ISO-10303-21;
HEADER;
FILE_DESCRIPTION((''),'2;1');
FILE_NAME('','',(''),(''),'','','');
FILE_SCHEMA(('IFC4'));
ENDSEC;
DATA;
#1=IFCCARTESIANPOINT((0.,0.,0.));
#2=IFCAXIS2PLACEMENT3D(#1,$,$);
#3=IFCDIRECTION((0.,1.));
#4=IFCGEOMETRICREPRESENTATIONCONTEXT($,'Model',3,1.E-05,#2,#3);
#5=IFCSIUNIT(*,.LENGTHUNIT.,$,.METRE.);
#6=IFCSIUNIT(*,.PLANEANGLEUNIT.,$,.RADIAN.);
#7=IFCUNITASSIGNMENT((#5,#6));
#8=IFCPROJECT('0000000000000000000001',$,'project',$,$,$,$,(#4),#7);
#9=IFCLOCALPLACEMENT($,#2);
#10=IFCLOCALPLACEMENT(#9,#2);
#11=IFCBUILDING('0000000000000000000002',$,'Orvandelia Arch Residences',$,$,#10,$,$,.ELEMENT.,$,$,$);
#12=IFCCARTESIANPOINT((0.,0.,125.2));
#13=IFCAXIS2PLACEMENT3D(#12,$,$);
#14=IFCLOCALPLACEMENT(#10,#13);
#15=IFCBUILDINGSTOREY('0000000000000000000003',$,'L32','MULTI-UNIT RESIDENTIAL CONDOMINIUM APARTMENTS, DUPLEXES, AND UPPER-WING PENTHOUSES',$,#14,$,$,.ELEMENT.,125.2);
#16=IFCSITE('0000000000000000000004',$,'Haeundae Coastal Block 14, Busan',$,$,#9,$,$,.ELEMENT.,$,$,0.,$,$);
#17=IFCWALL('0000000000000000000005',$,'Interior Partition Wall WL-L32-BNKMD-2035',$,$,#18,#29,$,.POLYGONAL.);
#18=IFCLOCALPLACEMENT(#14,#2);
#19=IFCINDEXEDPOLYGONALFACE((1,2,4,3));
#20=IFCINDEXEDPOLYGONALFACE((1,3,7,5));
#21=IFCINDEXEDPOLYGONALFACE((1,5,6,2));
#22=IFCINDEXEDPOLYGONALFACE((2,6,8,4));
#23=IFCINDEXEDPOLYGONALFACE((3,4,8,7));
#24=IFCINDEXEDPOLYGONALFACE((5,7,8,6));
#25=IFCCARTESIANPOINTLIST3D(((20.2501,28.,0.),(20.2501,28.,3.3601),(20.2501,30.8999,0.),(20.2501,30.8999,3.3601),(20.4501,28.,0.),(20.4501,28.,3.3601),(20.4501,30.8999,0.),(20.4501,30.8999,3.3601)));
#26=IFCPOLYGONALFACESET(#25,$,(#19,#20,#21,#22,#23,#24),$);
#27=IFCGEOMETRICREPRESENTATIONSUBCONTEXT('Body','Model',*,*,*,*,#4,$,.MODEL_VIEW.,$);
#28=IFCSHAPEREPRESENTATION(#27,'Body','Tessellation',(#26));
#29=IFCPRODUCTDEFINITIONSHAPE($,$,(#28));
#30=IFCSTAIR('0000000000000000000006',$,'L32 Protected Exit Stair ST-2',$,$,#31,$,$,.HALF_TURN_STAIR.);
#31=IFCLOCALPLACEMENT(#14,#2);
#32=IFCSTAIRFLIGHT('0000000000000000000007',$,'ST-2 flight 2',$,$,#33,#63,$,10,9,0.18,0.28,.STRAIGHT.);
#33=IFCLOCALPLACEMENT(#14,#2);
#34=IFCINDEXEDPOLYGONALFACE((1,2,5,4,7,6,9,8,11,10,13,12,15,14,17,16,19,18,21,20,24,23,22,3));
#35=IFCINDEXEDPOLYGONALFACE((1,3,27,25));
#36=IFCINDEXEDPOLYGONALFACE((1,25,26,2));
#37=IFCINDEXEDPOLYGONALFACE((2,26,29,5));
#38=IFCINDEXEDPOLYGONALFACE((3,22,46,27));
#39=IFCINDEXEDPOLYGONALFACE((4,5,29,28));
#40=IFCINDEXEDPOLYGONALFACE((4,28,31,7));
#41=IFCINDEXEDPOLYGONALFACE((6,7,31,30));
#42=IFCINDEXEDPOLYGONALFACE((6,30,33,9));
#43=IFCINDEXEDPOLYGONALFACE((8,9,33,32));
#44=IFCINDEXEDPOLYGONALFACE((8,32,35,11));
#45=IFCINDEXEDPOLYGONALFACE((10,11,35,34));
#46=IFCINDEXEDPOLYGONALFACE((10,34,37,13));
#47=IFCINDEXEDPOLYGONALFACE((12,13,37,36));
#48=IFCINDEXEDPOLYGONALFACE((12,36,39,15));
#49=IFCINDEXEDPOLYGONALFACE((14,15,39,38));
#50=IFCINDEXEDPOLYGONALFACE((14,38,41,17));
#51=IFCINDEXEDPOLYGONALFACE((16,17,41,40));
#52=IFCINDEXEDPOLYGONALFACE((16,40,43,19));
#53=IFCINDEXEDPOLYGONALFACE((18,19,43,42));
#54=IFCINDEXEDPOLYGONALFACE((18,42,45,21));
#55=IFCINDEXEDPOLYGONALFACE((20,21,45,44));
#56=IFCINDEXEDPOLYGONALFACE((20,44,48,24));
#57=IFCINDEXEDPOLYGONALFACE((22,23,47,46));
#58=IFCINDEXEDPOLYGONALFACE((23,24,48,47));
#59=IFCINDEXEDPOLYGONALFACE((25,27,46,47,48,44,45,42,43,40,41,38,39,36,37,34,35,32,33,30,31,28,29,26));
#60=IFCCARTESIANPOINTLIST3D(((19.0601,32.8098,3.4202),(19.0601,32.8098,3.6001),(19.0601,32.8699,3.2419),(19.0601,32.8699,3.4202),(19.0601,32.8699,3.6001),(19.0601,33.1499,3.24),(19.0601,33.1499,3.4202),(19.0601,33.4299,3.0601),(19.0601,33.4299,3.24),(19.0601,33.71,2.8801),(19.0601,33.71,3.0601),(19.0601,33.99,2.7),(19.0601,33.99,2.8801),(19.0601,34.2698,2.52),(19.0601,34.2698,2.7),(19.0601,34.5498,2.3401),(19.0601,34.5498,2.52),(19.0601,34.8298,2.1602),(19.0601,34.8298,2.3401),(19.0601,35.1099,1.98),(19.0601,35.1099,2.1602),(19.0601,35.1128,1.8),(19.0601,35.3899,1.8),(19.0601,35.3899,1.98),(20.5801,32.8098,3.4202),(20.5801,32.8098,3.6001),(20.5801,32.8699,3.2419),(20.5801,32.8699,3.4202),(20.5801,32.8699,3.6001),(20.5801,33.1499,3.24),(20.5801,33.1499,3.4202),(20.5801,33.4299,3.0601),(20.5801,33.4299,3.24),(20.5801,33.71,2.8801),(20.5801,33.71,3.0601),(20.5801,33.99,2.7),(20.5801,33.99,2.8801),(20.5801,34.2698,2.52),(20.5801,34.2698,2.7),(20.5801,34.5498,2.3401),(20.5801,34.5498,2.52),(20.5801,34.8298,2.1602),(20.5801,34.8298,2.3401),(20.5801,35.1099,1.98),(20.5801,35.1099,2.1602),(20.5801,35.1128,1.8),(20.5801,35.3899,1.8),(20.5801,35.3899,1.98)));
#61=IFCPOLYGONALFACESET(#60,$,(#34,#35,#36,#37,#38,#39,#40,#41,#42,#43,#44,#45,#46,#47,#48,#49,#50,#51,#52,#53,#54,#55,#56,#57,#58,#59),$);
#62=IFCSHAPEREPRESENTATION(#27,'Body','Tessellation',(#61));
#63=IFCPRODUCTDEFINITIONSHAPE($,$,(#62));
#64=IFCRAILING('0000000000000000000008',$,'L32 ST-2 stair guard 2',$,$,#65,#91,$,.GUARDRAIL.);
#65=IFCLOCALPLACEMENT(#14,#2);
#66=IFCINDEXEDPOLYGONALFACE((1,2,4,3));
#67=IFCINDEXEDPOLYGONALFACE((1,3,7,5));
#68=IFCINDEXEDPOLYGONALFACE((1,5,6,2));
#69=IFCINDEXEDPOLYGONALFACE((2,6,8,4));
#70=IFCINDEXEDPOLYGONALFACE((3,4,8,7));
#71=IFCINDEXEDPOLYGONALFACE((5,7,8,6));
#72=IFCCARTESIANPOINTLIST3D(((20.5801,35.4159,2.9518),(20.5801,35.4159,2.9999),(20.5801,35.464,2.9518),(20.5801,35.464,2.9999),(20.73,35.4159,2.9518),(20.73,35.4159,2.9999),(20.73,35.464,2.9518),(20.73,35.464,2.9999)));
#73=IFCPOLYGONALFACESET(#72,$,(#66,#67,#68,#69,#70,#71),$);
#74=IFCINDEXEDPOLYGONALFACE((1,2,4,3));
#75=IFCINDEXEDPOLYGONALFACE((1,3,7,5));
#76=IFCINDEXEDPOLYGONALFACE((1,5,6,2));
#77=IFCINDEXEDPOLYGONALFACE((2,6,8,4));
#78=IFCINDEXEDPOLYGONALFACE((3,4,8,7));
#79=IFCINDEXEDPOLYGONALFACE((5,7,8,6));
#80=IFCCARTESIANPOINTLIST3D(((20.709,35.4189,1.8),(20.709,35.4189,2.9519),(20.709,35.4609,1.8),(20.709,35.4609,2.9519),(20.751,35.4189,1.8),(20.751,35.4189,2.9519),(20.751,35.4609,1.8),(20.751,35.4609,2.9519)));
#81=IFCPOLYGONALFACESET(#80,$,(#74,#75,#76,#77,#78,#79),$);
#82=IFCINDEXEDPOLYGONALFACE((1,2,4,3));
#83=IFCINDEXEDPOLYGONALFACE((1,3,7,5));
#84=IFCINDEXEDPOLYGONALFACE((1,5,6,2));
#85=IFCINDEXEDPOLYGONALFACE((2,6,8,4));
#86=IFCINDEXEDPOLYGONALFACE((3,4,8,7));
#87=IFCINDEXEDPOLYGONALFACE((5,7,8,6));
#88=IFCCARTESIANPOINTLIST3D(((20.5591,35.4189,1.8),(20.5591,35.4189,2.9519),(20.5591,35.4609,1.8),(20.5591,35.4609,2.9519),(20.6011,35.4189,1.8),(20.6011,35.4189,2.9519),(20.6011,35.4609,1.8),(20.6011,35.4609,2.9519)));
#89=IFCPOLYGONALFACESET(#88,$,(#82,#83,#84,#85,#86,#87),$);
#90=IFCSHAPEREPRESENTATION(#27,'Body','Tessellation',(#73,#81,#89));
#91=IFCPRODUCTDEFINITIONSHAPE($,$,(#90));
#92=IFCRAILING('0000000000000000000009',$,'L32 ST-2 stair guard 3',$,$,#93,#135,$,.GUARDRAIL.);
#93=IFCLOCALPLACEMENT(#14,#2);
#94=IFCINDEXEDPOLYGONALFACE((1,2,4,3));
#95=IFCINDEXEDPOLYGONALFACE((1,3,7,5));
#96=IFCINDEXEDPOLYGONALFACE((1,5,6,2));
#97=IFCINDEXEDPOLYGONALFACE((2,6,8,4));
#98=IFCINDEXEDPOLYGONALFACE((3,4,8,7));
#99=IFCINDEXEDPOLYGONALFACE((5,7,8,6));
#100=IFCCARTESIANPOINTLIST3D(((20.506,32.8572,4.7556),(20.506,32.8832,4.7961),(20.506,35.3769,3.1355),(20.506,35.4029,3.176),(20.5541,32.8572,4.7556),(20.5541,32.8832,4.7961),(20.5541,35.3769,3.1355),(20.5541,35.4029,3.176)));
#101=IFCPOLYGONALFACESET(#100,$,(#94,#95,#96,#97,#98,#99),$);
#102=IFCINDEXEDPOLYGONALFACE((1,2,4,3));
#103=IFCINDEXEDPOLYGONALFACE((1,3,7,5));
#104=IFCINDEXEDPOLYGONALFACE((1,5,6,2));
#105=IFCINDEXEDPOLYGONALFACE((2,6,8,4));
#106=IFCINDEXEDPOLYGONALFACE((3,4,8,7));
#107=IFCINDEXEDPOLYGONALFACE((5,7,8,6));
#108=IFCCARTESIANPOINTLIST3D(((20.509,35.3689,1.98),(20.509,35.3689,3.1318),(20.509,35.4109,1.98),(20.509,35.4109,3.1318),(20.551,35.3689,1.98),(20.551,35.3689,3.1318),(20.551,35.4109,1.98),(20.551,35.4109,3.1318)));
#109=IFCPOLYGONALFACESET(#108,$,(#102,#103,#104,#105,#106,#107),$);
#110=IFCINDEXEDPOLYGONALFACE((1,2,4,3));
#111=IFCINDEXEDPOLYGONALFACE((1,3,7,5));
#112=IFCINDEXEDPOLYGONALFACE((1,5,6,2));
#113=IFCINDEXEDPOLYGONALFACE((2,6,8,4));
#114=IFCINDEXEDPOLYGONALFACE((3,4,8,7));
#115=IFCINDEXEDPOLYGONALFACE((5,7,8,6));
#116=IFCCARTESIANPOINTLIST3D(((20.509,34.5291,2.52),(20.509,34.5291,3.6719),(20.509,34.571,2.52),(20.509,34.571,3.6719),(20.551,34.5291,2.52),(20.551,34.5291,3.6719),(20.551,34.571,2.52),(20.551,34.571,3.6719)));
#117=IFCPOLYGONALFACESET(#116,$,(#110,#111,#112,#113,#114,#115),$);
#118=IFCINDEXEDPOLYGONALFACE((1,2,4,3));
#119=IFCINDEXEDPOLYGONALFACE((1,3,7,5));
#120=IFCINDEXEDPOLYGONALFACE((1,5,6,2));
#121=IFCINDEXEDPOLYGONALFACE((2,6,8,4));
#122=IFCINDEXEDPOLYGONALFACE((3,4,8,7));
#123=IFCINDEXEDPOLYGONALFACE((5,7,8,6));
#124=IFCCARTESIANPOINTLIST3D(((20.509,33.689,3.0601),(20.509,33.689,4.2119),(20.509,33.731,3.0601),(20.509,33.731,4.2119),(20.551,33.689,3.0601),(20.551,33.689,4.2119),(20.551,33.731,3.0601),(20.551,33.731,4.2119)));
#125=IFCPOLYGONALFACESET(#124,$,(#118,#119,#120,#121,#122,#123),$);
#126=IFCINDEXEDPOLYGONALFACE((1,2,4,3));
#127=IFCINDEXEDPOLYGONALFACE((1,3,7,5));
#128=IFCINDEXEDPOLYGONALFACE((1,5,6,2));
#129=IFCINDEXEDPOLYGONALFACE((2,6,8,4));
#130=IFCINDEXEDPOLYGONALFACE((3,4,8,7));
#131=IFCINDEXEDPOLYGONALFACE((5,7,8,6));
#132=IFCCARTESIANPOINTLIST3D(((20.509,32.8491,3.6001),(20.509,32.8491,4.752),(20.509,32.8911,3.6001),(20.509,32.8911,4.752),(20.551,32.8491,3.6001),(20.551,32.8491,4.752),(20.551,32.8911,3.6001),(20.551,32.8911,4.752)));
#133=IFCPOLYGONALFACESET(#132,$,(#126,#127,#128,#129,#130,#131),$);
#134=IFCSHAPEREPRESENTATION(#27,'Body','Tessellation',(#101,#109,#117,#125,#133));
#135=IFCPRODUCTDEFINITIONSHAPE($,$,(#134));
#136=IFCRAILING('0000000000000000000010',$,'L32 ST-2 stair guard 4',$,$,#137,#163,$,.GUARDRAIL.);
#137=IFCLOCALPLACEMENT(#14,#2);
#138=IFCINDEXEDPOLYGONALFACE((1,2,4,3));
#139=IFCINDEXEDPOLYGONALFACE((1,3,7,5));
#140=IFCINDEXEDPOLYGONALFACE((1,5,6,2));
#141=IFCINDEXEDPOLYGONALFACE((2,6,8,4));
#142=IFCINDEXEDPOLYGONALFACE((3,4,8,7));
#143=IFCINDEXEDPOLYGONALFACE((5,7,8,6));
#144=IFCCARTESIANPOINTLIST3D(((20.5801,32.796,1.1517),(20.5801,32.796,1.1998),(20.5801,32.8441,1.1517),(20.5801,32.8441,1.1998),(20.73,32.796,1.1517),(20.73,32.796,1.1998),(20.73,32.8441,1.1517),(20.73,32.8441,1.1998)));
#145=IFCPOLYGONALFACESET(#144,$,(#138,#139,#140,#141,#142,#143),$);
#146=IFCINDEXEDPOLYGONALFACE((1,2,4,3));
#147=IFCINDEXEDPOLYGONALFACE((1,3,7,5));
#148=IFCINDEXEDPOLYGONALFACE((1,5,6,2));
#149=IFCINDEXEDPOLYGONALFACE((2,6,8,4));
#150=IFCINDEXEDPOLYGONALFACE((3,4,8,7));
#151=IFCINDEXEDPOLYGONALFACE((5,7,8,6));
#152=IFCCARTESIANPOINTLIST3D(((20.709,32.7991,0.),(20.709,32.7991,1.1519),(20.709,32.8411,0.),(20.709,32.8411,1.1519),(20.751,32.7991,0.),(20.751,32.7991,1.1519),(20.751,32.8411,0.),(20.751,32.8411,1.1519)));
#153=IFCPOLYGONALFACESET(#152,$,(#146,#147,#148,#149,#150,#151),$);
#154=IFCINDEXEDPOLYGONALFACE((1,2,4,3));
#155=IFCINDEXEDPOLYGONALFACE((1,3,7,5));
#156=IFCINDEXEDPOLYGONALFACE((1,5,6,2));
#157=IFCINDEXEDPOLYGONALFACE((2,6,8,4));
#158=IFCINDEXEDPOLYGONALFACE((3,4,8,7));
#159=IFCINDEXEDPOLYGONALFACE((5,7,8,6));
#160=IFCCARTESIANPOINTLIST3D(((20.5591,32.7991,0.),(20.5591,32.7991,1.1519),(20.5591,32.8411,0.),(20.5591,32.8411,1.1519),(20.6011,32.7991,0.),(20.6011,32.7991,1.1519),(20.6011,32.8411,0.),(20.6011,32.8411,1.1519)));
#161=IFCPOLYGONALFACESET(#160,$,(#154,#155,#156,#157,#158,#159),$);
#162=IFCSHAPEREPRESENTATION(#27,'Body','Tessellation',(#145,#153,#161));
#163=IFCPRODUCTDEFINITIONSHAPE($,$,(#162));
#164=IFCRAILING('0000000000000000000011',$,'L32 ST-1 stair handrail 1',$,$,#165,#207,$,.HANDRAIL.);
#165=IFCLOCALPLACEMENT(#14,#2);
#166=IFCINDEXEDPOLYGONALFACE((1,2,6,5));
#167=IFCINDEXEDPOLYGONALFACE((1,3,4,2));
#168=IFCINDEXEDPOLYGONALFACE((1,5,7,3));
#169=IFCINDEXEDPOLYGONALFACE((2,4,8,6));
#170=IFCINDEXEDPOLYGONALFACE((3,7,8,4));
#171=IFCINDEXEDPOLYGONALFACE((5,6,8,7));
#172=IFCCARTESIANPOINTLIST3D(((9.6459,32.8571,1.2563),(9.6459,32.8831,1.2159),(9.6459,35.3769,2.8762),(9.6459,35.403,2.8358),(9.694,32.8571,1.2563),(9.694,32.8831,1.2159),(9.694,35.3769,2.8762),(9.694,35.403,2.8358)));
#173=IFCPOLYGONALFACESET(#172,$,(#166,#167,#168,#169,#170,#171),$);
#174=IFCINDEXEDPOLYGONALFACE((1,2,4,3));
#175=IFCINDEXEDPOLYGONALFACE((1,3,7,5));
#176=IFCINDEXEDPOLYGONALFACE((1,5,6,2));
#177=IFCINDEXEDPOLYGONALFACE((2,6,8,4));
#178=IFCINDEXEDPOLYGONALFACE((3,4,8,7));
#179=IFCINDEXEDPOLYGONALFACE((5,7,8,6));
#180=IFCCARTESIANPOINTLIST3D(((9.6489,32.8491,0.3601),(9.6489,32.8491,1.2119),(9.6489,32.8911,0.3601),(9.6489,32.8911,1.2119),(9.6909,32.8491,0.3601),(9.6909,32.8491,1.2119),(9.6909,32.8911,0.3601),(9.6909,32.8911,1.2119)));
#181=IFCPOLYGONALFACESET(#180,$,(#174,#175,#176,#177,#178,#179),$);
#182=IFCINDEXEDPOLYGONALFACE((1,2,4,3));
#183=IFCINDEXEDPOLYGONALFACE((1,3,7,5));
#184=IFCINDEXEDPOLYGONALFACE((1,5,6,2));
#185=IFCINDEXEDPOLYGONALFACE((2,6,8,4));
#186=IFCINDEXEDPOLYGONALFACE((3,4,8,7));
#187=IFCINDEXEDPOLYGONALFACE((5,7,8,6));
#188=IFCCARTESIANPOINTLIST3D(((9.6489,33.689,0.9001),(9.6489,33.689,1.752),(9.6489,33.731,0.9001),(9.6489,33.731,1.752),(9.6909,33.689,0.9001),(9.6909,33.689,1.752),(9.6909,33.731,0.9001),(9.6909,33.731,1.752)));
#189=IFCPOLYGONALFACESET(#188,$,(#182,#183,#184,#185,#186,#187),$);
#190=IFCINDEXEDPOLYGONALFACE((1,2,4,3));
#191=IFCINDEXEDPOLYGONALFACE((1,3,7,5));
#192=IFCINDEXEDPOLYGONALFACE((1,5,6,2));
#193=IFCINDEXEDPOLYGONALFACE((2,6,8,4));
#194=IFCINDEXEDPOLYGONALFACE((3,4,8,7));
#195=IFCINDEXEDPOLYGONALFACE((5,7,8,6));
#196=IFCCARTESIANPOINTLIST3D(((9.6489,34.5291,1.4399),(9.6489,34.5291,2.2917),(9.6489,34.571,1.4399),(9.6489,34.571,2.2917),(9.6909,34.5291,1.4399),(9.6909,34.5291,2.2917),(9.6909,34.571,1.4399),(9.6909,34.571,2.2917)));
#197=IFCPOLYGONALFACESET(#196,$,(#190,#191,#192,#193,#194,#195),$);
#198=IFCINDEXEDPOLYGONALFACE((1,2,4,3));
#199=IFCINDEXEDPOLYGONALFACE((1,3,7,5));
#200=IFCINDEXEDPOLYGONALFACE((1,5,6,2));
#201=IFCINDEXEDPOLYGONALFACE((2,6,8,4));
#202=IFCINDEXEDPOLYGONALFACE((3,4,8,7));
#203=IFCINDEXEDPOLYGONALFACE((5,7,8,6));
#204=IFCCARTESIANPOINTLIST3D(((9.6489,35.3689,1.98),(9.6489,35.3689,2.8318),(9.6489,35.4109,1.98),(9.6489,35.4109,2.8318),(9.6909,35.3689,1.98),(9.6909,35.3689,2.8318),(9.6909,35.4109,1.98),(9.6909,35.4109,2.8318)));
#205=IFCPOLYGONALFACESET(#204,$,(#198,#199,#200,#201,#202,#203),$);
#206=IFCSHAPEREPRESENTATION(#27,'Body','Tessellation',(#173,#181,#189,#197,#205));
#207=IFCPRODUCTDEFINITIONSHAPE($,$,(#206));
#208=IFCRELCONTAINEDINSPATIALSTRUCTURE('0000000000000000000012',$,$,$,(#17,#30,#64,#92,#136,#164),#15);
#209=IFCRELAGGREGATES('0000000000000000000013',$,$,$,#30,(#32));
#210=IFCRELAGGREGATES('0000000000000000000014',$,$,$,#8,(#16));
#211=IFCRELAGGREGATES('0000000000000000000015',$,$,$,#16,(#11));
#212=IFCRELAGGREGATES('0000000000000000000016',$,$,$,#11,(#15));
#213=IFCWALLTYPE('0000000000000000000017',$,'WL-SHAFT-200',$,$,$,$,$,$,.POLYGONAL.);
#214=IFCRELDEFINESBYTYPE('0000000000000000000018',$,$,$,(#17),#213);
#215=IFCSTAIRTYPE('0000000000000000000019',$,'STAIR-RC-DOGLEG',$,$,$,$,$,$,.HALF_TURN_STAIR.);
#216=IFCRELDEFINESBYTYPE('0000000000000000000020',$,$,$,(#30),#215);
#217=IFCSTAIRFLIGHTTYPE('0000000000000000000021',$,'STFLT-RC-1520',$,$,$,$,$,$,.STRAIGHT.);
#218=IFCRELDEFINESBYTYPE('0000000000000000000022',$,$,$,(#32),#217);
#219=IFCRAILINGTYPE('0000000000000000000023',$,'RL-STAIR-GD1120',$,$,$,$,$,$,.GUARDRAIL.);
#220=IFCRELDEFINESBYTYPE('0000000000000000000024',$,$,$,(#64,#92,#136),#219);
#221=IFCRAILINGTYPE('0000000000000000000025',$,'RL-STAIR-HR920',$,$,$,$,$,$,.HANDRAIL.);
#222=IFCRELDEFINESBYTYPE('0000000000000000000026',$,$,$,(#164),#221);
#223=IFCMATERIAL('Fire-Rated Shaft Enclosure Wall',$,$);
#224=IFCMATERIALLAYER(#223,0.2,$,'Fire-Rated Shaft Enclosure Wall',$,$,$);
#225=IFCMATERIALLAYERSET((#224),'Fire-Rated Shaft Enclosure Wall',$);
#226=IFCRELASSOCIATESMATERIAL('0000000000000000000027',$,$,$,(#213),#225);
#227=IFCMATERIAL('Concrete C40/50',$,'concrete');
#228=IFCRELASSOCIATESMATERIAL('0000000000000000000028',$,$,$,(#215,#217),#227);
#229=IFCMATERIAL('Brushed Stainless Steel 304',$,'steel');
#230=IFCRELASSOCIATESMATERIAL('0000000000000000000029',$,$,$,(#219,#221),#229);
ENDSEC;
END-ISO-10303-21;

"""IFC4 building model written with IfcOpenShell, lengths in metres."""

from ifc_helpers import new_model, si_unit, direction, frame, frame_2d, origin, origin_2d, place, context, subcontext, project, spatial, polyline, rectangle, outline, extrude, material, layer, layer_set, type_object, element, aggregate, save


model = new_model("IFC4")

# Units and contexts
model_context = context("Model", 3, precision=1e-05, world=origin(), true_north=direction((0.0, 1.0)))
body_context = subcontext(model_context, "Body", "Model", "MODEL_VIEW")
ifc_project = project(units=[si_unit("LENGTHUNIT", "METRE"), si_unit("PLANEANGLEUNIT", "RADIAN")], contexts=[model_context])

# Site, building, storey
site_placement = place(None, origin())
site = spatial("IfcSite", under=ifc_project, at=site_placement, Name="Haeundae Coastal Block 14, Busan", CompositionType="ELEMENT", RefElevation=0.0)
building_placement = place(site_placement, origin())
building = spatial("IfcBuilding", under=site, at=building_placement, Name="Orvandelia Arch Residences", CompositionType="ELEMENT")
storey_placement = place(building_placement, frame((0.0, 0.0, 125.2)))
storey = spatial("IfcBuildingStorey", under=building, at=storey_placement, Name="L32", Description="MULTI-UNIT RESIDENTIAL CONDOMINIUM APARTMENTS, DUPLEXES, AND UPPER-WING PENTHOUSES", CompositionType="ELEMENT", Elevation=125.2)

# Shared definitions
ifc_material_1 = material(Name="Fire-Rated Shaft Enclosure Wall")
ifc_layer_1 = layer(ifc_material_1, 0.2, Name="Fire-Rated Shaft Enclosure Wall")
ifc_layer_set_1 = layer_set([ifc_layer_1], Name="Fire-Rated Shaft Enclosure Wall")
wall_type_1 = type_object("IfcWallType", Name="WL-SHAFT-200", PredefinedType="POLYGONAL", material=ifc_layer_set_1)

# Wall
for number, where, z_axis, x_axis, name in (
    (1, (20.3501, 28.0, 0.0), (0.0, 0.0, 1.0), (0.0, 1.0, 0.0), "Interior Partition Wall WL-L32-BNKMD-2035"),
):
    element("IfcWall", number, at=place(storey_placement, frame(where, z_axis=z_axis, x_axis=x_axis)), inside=storey, type_object=wall_type_1, Name=name, PredefinedType="POLYGONAL", context=body_context, shape_type="SweptSolid", body=[
        extrude(rectangle(XDim=2.8999, YDim=0.2, at=frame_2d((1.45, 0.0))), origin(), (0.0, 0.0, 1.0), 3.3601),
    ])

# Stair, stair flight
ifc_material_2 = material(Name="Concrete C40/50", Category="concrete")
stair_type = type_object("IfcStairType", Name="STAIR-RC-DOGLEG", PredefinedType="HALF_TURN_STAIR", material=ifc_material_2)
stair_placement = place(storey_placement, origin())
stair = element("IfcStair", 2, at=stair_placement, inside=storey, type_object=stair_type, Name="L32 Protected Exit Stair ST-2", PredefinedType="HALF_TURN_STAIR")
stair_flight_type = type_object("IfcStairFlightType", Name="STFLT-RC-1520", PredefinedType="STRAIGHT", material=ifc_material_2)
stair_flight_placement = place(storey_placement, frame((19.8201, 35.3899, 1.8), z_axis=(0.0, 0.0, 1.0), x_axis=(0.0, -1.0, 0.0)))
stair_flight = element("IfcStairFlight", 3, at=stair_flight_placement, type_object=stair_flight_type, Name="ST-2 flight 2", NumberOfRisers=10, NumberOfTreads=9, PredefinedType="STRAIGHT", RiserHeight=0.18, TreadLength=0.28, context=body_context, shape_type="SweptSolid", body=[
    extrude(outline(polyline([(0.0, 0.0), (0.0, 0.1799), (0.28, 0.1799), (0.28, 0.3601), (0.5601, 0.3601), (0.5601, 0.54), (0.8401, 0.54), (0.8401, 0.72), (1.1201, 0.72), (1.1201, 0.8999), (1.3999, 0.8999), (1.3999, 1.0801), (1.6799, 1.0801), (1.6799, 1.26), (1.96, 1.26), (1.96, 1.4399), (2.24, 1.4399), (2.24, 1.6201), (2.52, 1.6201), (2.52, 1.8), (2.5801, 1.8), (2.5801, 1.6201), (2.52, 1.4419), (0.2771, 0.0), (0.0, 0.0)])), frame((0.0, 0.76, 0.0), z_axis=(0.0, -1.0, 0.0), x_axis=(1.0, 0.0, 0.0)), (0.0, 0.0, 1.0), 1.52),
])
aggregate(stair, [stair_flight])

# Railings
ifc_material_3 = material(Name="Brushed Stainless Steel 304", Category="steel")
railing_type_1 = type_object("IfcRailingType", Name="RL-STAIR-GD1120", PredefinedType="GUARDRAIL", material=ifc_material_3)
railing_1_placement = place(storey_placement, frame((20.73, 35.4399, 1.8)))
element("IfcRailing", 4, at=railing_1_placement, inside=storey, type_object=railing_type_1, Name="L32 ST-2 stair guard 2", PredefinedType="GUARDRAIL", context=body_context, shape_type="SweptSolid", body=[
    extrude(rectangle(XDim=0.0481, YDim=0.0481, at=origin_2d()), frame((0.0, 0.0, 1.1758), z_axis=(-1.0, 0.0, 0.0), x_axis=(0.0, -1.0, 0.0)), (0.0, 0.0, 1.0), 0.1499),
    extrude(rectangle(XDim=0.042, YDim=0.042, at=origin_2d()), origin(), (0.0, 0.0, 1.0), 1.1519),
    extrude(rectangle(XDim=0.042, YDim=0.042, at=origin_2d()), frame((-0.1499, 0.0, 0.0)), (0.0, 0.0, 1.0), 1.1519),
])
railing_2_placement = place(storey_placement, frame((20.53, 35.3899, 1.98)))
element("IfcRailing", 5, at=railing_2_placement, inside=storey, type_object=railing_type_1, Name="L32 ST-2 stair guard 3", PredefinedType="GUARDRAIL", context=body_context, shape_type="SweptSolid", body=[
    extrude(rectangle(XDim=0.0481, YDim=0.0481, at=origin_2d()), frame((0.0, 0.0, 1.1758), z_axis=(0.0, -0.841139, 0.540819), x_axis=(1.0, 0.0, 0.0)), (0.0, 0.0, 1.0), 2.9956),
    extrude(rectangle(XDim=0.042, YDim=0.042, at=origin_2d()), origin(), (0.0, 0.0, 1.0), 1.1519),
    extrude(rectangle(XDim=0.042, YDim=0.042, at=origin_2d()), frame((0.0, -0.8398, 0.54)), (0.0, 0.0, 1.0), 1.1519),
    extrude(rectangle(XDim=0.042, YDim=0.042, at=origin_2d()), frame((0.0, -1.6799, 1.0801)), (0.0, 0.0, 1.0), 1.1519),
    extrude(rectangle(XDim=0.042, YDim=0.042, at=origin_2d()), frame((0.0, -2.5198, 1.6201)), (0.0, 0.0, 1.0), 1.1519),
])
railing_3_placement = place(storey_placement, frame((20.73, 32.8201, 0.0)))
element("IfcRailing", 6, at=railing_3_placement, inside=storey, type_object=railing_type_1, Name="L32 ST-2 stair guard 4", PredefinedType="GUARDRAIL", context=body_context, shape_type="SweptSolid", body=[
    extrude(rectangle(XDim=0.0481, YDim=0.0481, at=origin_2d()), frame((0.0, 0.0, 1.1758), z_axis=(-1.0, 0.0, 0.0), x_axis=(0.0, -1.0, 0.0)), (0.0, 0.0, 1.0), 0.1499),
    extrude(rectangle(XDim=0.042, YDim=0.042, at=origin_2d()), origin(), (0.0, 0.0, 1.0), 1.1519),
    extrude(rectangle(XDim=0.042, YDim=0.042, at=origin_2d()), frame((-0.1499, 0.0, 0.0)), (0.0, 0.0, 1.0), 1.1519),
])
railing_type_2 = type_object("IfcRailingType", Name="RL-STAIR-HR920", PredefinedType="HANDRAIL", material=ifc_material_3)
railing_4_placement = place(storey_placement, frame((9.6699, 32.8701, 0.3601)))
element("IfcRailing", 7, at=railing_4_placement, inside=storey, type_object=railing_type_2, Name="L32 ST-1 stair handrail 1", PredefinedType="HANDRAIL", context=body_context, shape_type="SweptSolid", body=[
    extrude(rectangle(XDim=0.0481, YDim=0.0481, at=origin_2d()), frame((0.0, 0.0, 0.876), z_axis=(0.0, 0.841176, 0.540762), x_axis=(-1.0, 0.0, 0.0)), (0.0, 0.0, 1.0), 2.9956),
    extrude(rectangle(XDim=0.042, YDim=0.042, at=origin_2d()), origin(), (0.0, 0.0, 1.0), 0.8518),
    extrude(rectangle(XDim=0.042, YDim=0.042, at=origin_2d()), frame((0.0, 0.8398, 0.54)), (0.0, 0.0, 1.0), 0.8518),
    extrude(rectangle(XDim=0.042, YDim=0.042, at=origin_2d()), frame((0.0, 1.6799, 1.0798)), (0.0, 0.0, 1.0), 0.8518),
    extrude(rectangle(XDim=0.042, YDim=0.042, at=origin_2d()), frame((0.0, 2.5198, 1.6199)), (0.0, 0.0, 1.0), 0.8518),
])

save(model, "model.ifc")
